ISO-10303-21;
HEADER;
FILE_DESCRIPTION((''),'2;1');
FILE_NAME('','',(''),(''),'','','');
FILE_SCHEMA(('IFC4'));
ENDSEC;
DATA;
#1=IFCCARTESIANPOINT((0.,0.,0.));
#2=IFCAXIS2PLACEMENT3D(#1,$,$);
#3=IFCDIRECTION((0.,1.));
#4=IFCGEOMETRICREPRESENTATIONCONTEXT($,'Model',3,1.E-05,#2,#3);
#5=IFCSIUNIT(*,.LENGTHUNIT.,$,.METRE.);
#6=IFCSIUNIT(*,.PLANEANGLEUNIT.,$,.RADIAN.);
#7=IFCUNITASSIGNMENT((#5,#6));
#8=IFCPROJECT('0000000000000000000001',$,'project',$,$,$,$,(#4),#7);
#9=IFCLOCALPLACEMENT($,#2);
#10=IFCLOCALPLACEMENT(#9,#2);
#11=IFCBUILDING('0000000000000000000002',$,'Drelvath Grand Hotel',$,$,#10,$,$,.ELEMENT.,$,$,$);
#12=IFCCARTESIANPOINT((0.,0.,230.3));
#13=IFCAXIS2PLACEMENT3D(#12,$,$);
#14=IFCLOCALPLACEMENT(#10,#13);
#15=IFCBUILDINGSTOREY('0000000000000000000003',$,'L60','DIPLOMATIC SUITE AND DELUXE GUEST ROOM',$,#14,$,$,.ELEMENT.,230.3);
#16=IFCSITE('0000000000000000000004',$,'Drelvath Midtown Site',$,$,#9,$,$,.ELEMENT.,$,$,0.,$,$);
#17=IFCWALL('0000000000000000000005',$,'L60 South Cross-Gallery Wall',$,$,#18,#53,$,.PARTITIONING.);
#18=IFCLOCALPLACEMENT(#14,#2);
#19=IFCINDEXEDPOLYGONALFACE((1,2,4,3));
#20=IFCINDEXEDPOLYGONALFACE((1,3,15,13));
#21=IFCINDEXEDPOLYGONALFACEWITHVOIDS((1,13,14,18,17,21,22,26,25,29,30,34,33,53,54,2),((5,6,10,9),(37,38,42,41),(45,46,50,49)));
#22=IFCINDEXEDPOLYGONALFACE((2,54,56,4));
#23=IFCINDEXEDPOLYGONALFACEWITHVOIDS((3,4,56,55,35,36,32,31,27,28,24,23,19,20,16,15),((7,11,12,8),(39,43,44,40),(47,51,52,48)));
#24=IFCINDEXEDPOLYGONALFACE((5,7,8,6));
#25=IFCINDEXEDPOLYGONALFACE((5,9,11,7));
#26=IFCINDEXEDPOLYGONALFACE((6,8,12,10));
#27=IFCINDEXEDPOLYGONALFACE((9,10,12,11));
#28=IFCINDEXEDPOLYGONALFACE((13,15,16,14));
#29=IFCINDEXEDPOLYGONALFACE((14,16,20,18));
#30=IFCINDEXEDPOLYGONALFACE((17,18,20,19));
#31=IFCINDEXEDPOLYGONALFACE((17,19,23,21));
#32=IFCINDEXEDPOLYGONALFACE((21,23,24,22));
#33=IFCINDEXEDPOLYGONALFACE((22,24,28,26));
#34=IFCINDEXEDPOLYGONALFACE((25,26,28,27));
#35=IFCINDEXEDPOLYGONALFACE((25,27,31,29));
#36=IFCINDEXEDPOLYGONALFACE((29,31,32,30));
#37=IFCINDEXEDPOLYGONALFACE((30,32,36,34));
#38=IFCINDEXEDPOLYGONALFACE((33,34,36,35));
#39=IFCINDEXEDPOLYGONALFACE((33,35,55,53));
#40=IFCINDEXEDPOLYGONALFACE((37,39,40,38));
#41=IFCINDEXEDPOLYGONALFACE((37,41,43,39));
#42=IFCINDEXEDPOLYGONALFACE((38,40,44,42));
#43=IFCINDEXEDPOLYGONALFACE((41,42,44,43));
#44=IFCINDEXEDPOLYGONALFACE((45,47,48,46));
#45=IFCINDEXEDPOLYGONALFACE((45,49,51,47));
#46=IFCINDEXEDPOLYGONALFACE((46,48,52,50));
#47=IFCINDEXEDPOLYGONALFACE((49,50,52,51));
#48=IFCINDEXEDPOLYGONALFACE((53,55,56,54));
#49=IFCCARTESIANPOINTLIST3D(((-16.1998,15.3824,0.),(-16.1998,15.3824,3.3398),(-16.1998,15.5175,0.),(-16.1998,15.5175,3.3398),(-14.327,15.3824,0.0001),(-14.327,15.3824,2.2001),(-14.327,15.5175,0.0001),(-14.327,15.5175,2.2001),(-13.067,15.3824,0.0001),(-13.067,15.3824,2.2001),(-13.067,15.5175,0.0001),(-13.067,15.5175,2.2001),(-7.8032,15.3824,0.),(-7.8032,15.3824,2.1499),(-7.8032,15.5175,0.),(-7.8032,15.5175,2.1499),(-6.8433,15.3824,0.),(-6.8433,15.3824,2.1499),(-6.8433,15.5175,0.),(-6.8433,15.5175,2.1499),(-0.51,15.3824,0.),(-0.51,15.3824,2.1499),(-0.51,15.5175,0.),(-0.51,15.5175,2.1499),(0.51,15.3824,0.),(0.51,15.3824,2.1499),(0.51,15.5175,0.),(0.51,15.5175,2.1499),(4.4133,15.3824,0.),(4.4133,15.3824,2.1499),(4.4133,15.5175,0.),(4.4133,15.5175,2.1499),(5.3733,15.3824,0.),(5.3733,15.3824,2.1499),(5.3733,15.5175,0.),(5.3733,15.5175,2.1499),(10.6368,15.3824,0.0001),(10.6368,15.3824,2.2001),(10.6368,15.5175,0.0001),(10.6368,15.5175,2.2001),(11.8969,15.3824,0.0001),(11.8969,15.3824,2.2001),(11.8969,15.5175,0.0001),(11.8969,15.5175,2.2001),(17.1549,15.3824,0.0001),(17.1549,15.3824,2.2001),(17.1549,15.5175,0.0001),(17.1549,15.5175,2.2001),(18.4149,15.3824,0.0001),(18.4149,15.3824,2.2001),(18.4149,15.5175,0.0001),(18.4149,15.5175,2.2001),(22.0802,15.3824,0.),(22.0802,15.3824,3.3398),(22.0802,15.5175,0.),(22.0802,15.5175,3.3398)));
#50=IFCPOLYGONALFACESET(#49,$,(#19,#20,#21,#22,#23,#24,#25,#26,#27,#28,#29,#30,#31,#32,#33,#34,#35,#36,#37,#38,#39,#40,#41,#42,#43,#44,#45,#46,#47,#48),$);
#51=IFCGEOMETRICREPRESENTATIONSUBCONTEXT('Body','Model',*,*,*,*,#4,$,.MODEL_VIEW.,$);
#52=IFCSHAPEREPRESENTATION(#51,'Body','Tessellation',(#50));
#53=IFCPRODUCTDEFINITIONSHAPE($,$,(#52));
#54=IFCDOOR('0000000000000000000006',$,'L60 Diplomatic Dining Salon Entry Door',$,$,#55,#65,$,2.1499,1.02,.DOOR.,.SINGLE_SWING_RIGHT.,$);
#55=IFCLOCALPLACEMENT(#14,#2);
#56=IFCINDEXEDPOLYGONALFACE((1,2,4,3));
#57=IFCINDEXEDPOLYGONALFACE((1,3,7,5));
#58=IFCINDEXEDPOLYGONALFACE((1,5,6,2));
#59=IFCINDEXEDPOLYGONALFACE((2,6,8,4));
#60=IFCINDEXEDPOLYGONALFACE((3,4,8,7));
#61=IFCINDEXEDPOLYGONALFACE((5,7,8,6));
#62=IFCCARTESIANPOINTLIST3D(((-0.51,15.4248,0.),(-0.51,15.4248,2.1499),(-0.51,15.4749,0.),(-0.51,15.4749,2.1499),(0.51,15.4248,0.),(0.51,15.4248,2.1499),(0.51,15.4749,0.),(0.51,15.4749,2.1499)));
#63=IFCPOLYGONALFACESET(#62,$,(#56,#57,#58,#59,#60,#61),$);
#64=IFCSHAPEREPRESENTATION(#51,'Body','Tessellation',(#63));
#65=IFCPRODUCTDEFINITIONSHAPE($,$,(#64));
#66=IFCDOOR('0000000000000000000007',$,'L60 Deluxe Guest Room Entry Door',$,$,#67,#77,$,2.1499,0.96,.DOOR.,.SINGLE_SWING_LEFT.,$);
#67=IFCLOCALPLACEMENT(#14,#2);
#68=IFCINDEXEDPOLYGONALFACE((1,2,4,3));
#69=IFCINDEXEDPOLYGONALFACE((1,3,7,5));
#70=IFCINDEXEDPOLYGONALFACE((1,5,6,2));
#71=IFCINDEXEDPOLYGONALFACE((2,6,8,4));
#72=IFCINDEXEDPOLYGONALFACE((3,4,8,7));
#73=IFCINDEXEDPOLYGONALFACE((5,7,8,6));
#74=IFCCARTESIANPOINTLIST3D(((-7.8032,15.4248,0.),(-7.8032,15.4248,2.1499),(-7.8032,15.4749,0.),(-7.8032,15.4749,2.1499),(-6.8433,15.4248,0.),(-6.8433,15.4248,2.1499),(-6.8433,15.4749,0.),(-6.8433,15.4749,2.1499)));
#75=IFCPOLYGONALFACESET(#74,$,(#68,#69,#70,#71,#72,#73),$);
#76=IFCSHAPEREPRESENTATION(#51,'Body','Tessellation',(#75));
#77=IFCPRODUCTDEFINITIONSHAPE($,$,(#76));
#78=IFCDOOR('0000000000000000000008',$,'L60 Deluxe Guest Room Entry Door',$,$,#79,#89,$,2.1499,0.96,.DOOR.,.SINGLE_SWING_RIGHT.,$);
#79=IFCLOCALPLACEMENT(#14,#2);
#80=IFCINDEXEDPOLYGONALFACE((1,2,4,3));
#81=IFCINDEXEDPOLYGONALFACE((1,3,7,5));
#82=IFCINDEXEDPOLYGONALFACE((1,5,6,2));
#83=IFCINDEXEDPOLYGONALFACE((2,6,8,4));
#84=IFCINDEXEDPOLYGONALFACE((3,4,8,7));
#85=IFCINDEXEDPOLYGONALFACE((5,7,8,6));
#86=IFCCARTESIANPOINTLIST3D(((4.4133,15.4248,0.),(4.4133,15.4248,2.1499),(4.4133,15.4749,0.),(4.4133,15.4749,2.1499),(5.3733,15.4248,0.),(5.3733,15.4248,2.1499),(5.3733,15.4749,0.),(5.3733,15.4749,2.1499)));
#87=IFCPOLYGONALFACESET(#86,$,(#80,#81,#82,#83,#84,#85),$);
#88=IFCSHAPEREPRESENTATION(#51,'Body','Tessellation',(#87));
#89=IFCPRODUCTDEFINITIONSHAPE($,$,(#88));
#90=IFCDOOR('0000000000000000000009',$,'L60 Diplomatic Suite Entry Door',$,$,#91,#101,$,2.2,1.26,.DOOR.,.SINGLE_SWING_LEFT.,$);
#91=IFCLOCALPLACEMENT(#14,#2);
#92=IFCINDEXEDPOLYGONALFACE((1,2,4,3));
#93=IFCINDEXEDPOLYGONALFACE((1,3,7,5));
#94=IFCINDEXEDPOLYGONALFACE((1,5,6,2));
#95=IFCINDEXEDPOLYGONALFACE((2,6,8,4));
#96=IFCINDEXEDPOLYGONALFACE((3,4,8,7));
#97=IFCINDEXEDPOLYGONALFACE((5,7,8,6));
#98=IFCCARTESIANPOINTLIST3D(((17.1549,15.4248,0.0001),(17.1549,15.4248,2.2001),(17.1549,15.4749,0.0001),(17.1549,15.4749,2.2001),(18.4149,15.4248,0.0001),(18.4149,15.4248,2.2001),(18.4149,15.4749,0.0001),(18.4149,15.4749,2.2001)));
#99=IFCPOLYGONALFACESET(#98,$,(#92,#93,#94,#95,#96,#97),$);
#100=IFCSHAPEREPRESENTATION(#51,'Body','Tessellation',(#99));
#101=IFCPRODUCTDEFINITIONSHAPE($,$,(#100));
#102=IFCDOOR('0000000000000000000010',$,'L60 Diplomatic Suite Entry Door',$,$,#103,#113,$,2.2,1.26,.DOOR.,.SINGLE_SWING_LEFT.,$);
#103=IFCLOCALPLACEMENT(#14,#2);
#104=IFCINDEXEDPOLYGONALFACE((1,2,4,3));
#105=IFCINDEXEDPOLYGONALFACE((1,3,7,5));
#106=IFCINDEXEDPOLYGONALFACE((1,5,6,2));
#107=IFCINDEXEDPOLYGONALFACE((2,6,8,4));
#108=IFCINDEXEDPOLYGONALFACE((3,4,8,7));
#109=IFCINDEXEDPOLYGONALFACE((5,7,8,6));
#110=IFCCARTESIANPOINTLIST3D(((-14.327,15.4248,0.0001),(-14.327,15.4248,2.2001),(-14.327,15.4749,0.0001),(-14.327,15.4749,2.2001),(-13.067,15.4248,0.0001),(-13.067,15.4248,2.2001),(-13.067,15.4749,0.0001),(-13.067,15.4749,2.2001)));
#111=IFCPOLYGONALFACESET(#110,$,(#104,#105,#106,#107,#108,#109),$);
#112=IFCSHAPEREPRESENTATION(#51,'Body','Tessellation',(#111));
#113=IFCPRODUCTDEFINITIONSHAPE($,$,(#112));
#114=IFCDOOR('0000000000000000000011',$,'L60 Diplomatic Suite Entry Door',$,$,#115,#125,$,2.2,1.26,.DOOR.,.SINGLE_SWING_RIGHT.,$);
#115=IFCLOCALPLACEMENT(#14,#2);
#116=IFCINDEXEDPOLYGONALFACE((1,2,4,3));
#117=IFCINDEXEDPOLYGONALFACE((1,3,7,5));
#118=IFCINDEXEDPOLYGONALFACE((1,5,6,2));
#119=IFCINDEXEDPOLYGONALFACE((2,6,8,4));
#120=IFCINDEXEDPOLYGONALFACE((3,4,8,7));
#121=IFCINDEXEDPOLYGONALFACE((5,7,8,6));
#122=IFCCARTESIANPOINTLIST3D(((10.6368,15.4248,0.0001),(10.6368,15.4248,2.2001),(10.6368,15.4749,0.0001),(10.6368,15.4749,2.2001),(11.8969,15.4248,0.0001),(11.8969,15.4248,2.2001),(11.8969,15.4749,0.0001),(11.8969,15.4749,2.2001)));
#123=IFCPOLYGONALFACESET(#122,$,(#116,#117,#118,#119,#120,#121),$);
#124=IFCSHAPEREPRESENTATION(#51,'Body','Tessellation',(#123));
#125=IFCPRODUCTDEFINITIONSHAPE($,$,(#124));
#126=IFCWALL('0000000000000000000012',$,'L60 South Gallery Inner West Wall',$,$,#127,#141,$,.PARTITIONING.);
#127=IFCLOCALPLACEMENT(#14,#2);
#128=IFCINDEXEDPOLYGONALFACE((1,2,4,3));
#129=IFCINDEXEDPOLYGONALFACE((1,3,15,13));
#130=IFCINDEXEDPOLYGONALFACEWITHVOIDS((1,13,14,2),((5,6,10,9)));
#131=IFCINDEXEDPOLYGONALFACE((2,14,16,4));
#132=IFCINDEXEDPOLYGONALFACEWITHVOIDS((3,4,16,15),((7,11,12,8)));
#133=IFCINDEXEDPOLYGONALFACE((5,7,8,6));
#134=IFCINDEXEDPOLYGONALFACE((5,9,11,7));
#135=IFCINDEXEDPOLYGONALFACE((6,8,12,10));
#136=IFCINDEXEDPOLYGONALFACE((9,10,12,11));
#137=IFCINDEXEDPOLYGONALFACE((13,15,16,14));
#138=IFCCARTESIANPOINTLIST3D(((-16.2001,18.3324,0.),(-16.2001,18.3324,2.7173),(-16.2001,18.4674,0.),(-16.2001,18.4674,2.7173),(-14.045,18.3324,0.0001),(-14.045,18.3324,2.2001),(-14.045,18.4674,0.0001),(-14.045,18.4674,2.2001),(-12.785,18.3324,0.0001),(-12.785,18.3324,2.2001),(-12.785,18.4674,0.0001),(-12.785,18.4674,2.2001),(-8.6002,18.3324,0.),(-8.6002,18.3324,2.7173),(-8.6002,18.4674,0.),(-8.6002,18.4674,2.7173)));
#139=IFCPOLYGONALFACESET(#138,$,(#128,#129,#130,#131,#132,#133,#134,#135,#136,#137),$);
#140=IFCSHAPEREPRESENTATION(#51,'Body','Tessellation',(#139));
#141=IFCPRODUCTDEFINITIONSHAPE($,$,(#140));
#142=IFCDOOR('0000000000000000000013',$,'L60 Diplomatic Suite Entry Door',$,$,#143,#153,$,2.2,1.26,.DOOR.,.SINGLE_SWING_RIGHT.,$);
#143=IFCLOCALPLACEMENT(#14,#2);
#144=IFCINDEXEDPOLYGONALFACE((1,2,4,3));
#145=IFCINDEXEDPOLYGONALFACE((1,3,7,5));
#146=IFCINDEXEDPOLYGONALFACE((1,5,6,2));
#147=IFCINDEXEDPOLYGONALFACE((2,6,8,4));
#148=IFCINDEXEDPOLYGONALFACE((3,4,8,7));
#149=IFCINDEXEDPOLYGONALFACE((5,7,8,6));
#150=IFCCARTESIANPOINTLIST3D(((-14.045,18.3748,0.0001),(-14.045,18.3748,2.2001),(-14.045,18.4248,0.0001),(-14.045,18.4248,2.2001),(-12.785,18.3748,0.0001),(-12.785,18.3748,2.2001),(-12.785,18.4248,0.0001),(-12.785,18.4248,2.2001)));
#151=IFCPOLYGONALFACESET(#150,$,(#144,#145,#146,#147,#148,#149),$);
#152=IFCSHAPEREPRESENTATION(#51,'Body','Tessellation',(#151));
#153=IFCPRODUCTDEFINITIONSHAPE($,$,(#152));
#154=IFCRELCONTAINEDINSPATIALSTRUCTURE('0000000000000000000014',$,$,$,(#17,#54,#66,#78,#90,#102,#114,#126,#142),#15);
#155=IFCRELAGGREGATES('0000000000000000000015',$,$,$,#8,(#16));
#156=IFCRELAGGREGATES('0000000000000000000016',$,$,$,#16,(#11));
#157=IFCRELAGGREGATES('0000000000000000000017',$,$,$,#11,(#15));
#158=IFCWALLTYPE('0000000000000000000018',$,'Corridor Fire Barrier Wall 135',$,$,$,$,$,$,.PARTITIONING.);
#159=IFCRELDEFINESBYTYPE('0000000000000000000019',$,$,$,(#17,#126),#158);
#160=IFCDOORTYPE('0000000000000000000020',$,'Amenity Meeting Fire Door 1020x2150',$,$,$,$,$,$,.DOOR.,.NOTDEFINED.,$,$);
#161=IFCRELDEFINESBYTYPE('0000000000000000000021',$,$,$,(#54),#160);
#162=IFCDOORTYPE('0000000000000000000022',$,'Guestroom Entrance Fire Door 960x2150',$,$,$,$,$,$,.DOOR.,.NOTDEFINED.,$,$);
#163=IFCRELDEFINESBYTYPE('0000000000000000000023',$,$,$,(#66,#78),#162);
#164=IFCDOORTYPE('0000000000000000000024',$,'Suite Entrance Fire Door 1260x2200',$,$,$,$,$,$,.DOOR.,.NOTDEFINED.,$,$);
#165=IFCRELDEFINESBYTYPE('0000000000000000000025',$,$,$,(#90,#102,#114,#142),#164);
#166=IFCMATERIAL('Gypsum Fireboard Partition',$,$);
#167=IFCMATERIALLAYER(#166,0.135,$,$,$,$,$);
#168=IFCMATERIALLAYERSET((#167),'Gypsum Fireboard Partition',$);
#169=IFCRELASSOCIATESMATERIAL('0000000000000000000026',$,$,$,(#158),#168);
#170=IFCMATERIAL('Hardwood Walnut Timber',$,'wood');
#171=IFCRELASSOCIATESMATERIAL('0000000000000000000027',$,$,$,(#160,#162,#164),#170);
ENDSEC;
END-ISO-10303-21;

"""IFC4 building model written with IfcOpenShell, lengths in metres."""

from ifc_helpers import new_model, si_unit, direction, frame, frame_2d, origin, place, context, subcontext, project, spatial, rectangle, extrude, material, layer, layer_set, type_object, element, fill, save


model = new_model("IFC4")

# Units and contexts
model_context = context("Model", 3, precision=1e-05, world=origin(), true_north=direction((0.0, 1.0)))
body_context = subcontext(model_context, "Body", "Model", "MODEL_VIEW")
ifc_project = project(units=[si_unit("LENGTHUNIT", "METRE"), si_unit("PLANEANGLEUNIT", "RADIAN")], contexts=[model_context])

# Site, building, storey
site_placement = place(None, origin())
site = spatial("IfcSite", under=ifc_project, at=site_placement, Name="Drelvath Midtown Site", CompositionType="ELEMENT", RefElevation=0.0)
building_placement = place(site_placement, origin())
building = spatial("IfcBuilding", under=site, at=building_placement, Name="Drelvath Grand Hotel", CompositionType="ELEMENT")
storey_placement = place(building_placement, frame((0.0, 0.0, 230.3)))
storey = spatial("IfcBuildingStorey", under=building, at=storey_placement, Name="L60", Description="DIPLOMATIC SUITE AND DELUXE GUEST ROOM", CompositionType="ELEMENT", Elevation=230.3)

# Wall, openings, doors
ifc_material_1 = material(Name="Gypsum Fireboard Partition")
ifc_layer_1 = layer(ifc_material_1, 0.135)
ifc_layer_set_1 = layer_set([ifc_layer_1], Name="Gypsum Fireboard Partition")
wall_type_1 = type_object("IfcWallType", Name="Corridor Fire Barrier Wall 135", PredefinedType="PARTITIONING", material=ifc_layer_set_1)
wall_1_placement = place(storey_placement, frame((-16.2, 15.45, 0.0), z_axis=(0.0, 0.0, 1.0), x_axis=(1.0, 0.0, 0.0)))
wall_1 = element("IfcWall", 1, at=wall_1_placement, inside=storey, type_object=wall_type_1, Name="L60 South Cross-Gallery Wall", PredefinedType="PARTITIONING", context=body_context, shape_type="SweptSolid", body=[
    extrude(rectangle(XDim=38.28, YDim=0.135, at=frame_2d((19.1401, 0.0))), origin(), (0.0, 0.0, 1.0), 3.3398),
])
opening_1_placement = place(wall_1_placement, frame((33.355, 0.0, 0.0)))
opening_1 = element("IfcOpeningElement", 2, at=opening_1_placement, cuts=wall_1, PredefinedType="OPENING", context=body_context, shape_type="SweptSolid", body=[
    extrude(rectangle(XDim=1.26, YDim=2.2, at=frame_2d((0.6299, 1.1001))), frame((0.0, 0.0774, 0.0), z_axis=(0.0, -1.0, 0.0), x_axis=(1.0, 0.0, 0.0)), (0.0, 0.0, 1.0), 0.155),
])
opening_2_placement = place(wall_1_placement, frame((1.873, 0.0, 0.0)))
opening_2 = element("IfcOpeningElement", 3, at=opening_2_placement, cuts=wall_1, PredefinedType="OPENING", context=body_context, shape_type="SweptSolid", body=[
    extrude(rectangle(XDim=1.26, YDim=2.2, at=frame_2d((0.6299, 1.1001))), frame((0.0, 0.0774, 0.0), z_axis=(0.0, -1.0, 0.0), x_axis=(1.0, 0.0, 0.0)), (0.0, 0.0, 1.0), 0.155),
])
opening_3_placement = place(wall_1_placement, frame((8.3967, 0.0, 0.0)))
opening_3 = element("IfcOpeningElement", 4, at=opening_3_placement, cuts=wall_1, PredefinedType="OPENING", context=body_context, shape_type="SweptSolid", body=[
    extrude(rectangle(XDim=0.96, YDim=2.1499, at=frame_2d((0.48, 1.075))), frame((0.0, 0.0774, 0.0), z_axis=(0.0, -1.0, 0.0), x_axis=(1.0, 0.0, 0.0)), (0.0, 0.0, 1.0), 0.155),
])
opening_4_placement = place(wall_1_placement, frame((15.6899, 0.0, 0.0)))
opening_4 = element("IfcOpeningElement", 5, at=opening_4_placement, cuts=wall_1, PredefinedType="OPENING", context=body_context, shape_type="SweptSolid", body=[
    extrude(rectangle(XDim=1.02, YDim=2.1499, at=frame_2d((0.51, 1.075))), frame((0.0, 0.0774, 0.0), z_axis=(0.0, -1.0, 0.0), x_axis=(1.0, 0.0, 0.0)), (0.0, 0.0, 1.0), 0.155),
])
opening_5_placement = place(wall_1_placement, frame((20.6133, 0.0, 0.0)))
opening_5 = element("IfcOpeningElement", 6, at=opening_5_placement, cuts=wall_1, PredefinedType="OPENING", context=body_context, shape_type="SweptSolid", body=[
    extrude(rectangle(XDim=0.96, YDim=2.1499, at=frame_2d((0.48, 1.075))), frame((0.0, 0.0774, 0.0), z_axis=(0.0, -1.0, 0.0), x_axis=(1.0, 0.0, 0.0)), (0.0, 0.0, 1.0), 0.155),
])
opening_6_placement = place(wall_1_placement, frame((26.8369, 0.0, 0.0)))
opening_6 = element("IfcOpeningElement", 7, at=opening_6_placement, cuts=wall_1, PredefinedType="OPENING", context=body_context, shape_type="SweptSolid", body=[
    extrude(rectangle(XDim=1.26, YDim=2.2, at=frame_2d((0.6299, 1.1001))), frame((0.0, 0.0774, 0.0), z_axis=(0.0, -1.0, 0.0), x_axis=(1.0, 0.0, 0.0)), (0.0, 0.0, 1.0), 0.155),
])
ifc_material_2 = material(Name="Hardwood Walnut Timber", Category="wood")
door_type_1 = type_object("IfcDoorType", Name="Amenity Meeting Fire Door 1020x2150", OperationType="NOTDEFINED", PredefinedType="DOOR", material=ifc_material_2)
door_1_placement = place(opening_4_placement, origin())
door_1 = element("IfcDoor", 8, at=door_1_placement, inside=storey, type_object=door_type_1, Name="L60 Diplomatic Dining Salon Entry Door", OperationType="SINGLE_SWING_RIGHT", OverallHeight=2.1499, OverallWidth=1.02, PredefinedType="DOOR", context=body_context, shape_type="SweptSolid", body=[
    extrude(rectangle(XDim=1.02, YDim=2.1499, at=frame_2d((0.51, 1.075))), frame((0.0, 0.0249, 0.0), z_axis=(0.0, -1.0, 0.0), x_axis=(1.0, 0.0, 0.0)), (0.0, 0.0, 1.0), 0.05),
])
fill(opening_4, door_1)
door_type_2 = type_object("IfcDoorType", Name="Guestroom Entrance Fire Door 960x2150", OperationType="NOTDEFINED", PredefinedType="DOOR", material=ifc_material_2)
door_2_placement = place(opening_3_placement, origin())
door_2 = element("IfcDoor", 9, at=door_2_placement, inside=storey, type_object=door_type_2, Name="L60 Deluxe Guest Room Entry Door", OperationType="SINGLE_SWING_LEFT", OverallHeight=2.1499, OverallWidth=0.96, PredefinedType="DOOR", context=body_context, shape_type="SweptSolid", body=[
    extrude(rectangle(XDim=0.96, YDim=2.1499, at=frame_2d((0.48, 1.075))), frame((0.0, 0.0249, 0.0), z_axis=(0.0, -1.0, 0.0), x_axis=(1.0, 0.0, 0.0)), (0.0, 0.0, 1.0), 0.05),
])
fill(opening_3, door_2)
door_3_placement = place(opening_5_placement, origin())
door_3 = element("IfcDoor", 10, at=door_3_placement, inside=storey, type_object=door_type_2, Name="L60 Deluxe Guest Room Entry Door", OperationType="SINGLE_SWING_RIGHT", OverallHeight=2.1499, OverallWidth=0.96, PredefinedType="DOOR", context=body_context, shape_type="SweptSolid", body=[
    extrude(rectangle(XDim=0.96, YDim=2.1499, at=frame_2d((0.48, 1.075))), frame((0.0, 0.0249, 0.0), z_axis=(0.0, -1.0, 0.0), x_axis=(1.0, 0.0, 0.0)), (0.0, 0.0, 1.0), 0.05),
])
fill(opening_5, door_3)
door_type_3 = type_object("IfcDoorType", Name="Suite Entrance Fire Door 1260x2200", OperationType="NOTDEFINED", PredefinedType="DOOR", material=ifc_material_2)
door_4_placement = place(opening_1_placement, origin())
door_4 = element("IfcDoor", 11, at=door_4_placement, inside=storey, type_object=door_type_3, Name="L60 Diplomatic Suite Entry Door", OperationType="SINGLE_SWING_LEFT", OverallHeight=2.2, OverallWidth=1.26, PredefinedType="DOOR", context=body_context, shape_type="SweptSolid", body=[
    extrude(rectangle(XDim=1.26, YDim=2.2, at=frame_2d((0.6299, 1.1001))), frame((0.0, 0.0249, 0.0), z_axis=(0.0, -1.0, 0.0), x_axis=(1.0, 0.0, 0.0)), (0.0, 0.0, 1.0), 0.05),
])
fill(opening_1, door_4)
door_5_placement = place(opening_2_placement, origin())
door_5 = element("IfcDoor", 12, at=door_5_placement, inside=storey, type_object=door_type_3, Name="L60 Diplomatic Suite Entry Door", OperationType="SINGLE_SWING_LEFT", OverallHeight=2.2, OverallWidth=1.26, PredefinedType="DOOR", context=body_context, shape_type="SweptSolid", body=[
    extrude(rectangle(XDim=1.26, YDim=2.2, at=frame_2d((0.6299, 1.1001))), frame((0.0, 0.0249, 0.0), z_axis=(0.0, -1.0, 0.0), x_axis=(1.0, 0.0, 0.0)), (0.0, 0.0, 1.0), 0.05),
])
fill(opening_2, door_5)
door_6_placement = place(opening_6_placement, origin())
door_6 = element("IfcDoor", 13, at=door_6_placement, inside=storey, type_object=door_type_3, Name="L60 Diplomatic Suite Entry Door", OperationType="SINGLE_SWING_RIGHT", OverallHeight=2.2, OverallWidth=1.26, PredefinedType="DOOR", context=body_context, shape_type="SweptSolid", body=[
    extrude(rectangle(XDim=1.26, YDim=2.2, at=frame_2d((0.6299, 1.1001))), frame((0.0, 0.0249, 0.0), z_axis=(0.0, -1.0, 0.0), x_axis=(1.0, 0.0, 0.0)), (0.0, 0.0, 1.0), 0.05),
])
fill(opening_6, door_6)

# Wall, opening, door
wall_2_placement = place(storey_placement, frame((-16.2, 18.3999, 0.0), z_axis=(0.0, 0.0, 1.0), x_axis=(1.0, 0.0, 0.0)))
wall_2 = element("IfcWall", 14, at=wall_2_placement, inside=storey, type_object=wall_type_1, Name="L60 South Gallery Inner West Wall", PredefinedType="PARTITIONING", context=body_context, shape_type="SweptSolid", body=[
    extrude(rectangle(XDim=7.5999, YDim=0.135, at=frame_2d((3.7998, 0.0))), origin(), (0.0, 0.0, 1.0), 2.7173),
])
opening_7_placement = place(wall_2_placement, frame((2.155, 0.0, 0.0)))
opening_7 = element("IfcOpeningElement", 15, at=opening_7_placement, cuts=wall_2, PredefinedType="OPENING", context=body_context, shape_type="SweptSolid", body=[
    extrude(rectangle(XDim=1.26, YDim=2.2, at=frame_2d((0.6299, 1.1001))), frame((0.0, 0.0774, 0.0), z_axis=(0.0, -1.0, 0.0), x_axis=(1.0, 0.0, 0.0)), (0.0, 0.0, 1.0), 0.155),
])
door_7_placement = place(opening_7_placement, origin())
door_7 = element("IfcDoor", 16, at=door_7_placement, inside=storey, type_object=door_type_3, Name="L60 Diplomatic Suite Entry Door", OperationType="SINGLE_SWING_RIGHT", OverallHeight=2.2, OverallWidth=1.26, PredefinedType="DOOR", context=body_context, shape_type="SweptSolid", body=[
    extrude(rectangle(XDim=1.26, YDim=2.2, at=frame_2d((0.6299, 1.1001))), frame((0.0, 0.0249, 0.0), z_axis=(0.0, -1.0, 0.0), x_axis=(1.0, 0.0, 0.0)), (0.0, 0.0, 1.0), 0.05),
])
fill(opening_7, door_7)

save(model, "model.ifc")
